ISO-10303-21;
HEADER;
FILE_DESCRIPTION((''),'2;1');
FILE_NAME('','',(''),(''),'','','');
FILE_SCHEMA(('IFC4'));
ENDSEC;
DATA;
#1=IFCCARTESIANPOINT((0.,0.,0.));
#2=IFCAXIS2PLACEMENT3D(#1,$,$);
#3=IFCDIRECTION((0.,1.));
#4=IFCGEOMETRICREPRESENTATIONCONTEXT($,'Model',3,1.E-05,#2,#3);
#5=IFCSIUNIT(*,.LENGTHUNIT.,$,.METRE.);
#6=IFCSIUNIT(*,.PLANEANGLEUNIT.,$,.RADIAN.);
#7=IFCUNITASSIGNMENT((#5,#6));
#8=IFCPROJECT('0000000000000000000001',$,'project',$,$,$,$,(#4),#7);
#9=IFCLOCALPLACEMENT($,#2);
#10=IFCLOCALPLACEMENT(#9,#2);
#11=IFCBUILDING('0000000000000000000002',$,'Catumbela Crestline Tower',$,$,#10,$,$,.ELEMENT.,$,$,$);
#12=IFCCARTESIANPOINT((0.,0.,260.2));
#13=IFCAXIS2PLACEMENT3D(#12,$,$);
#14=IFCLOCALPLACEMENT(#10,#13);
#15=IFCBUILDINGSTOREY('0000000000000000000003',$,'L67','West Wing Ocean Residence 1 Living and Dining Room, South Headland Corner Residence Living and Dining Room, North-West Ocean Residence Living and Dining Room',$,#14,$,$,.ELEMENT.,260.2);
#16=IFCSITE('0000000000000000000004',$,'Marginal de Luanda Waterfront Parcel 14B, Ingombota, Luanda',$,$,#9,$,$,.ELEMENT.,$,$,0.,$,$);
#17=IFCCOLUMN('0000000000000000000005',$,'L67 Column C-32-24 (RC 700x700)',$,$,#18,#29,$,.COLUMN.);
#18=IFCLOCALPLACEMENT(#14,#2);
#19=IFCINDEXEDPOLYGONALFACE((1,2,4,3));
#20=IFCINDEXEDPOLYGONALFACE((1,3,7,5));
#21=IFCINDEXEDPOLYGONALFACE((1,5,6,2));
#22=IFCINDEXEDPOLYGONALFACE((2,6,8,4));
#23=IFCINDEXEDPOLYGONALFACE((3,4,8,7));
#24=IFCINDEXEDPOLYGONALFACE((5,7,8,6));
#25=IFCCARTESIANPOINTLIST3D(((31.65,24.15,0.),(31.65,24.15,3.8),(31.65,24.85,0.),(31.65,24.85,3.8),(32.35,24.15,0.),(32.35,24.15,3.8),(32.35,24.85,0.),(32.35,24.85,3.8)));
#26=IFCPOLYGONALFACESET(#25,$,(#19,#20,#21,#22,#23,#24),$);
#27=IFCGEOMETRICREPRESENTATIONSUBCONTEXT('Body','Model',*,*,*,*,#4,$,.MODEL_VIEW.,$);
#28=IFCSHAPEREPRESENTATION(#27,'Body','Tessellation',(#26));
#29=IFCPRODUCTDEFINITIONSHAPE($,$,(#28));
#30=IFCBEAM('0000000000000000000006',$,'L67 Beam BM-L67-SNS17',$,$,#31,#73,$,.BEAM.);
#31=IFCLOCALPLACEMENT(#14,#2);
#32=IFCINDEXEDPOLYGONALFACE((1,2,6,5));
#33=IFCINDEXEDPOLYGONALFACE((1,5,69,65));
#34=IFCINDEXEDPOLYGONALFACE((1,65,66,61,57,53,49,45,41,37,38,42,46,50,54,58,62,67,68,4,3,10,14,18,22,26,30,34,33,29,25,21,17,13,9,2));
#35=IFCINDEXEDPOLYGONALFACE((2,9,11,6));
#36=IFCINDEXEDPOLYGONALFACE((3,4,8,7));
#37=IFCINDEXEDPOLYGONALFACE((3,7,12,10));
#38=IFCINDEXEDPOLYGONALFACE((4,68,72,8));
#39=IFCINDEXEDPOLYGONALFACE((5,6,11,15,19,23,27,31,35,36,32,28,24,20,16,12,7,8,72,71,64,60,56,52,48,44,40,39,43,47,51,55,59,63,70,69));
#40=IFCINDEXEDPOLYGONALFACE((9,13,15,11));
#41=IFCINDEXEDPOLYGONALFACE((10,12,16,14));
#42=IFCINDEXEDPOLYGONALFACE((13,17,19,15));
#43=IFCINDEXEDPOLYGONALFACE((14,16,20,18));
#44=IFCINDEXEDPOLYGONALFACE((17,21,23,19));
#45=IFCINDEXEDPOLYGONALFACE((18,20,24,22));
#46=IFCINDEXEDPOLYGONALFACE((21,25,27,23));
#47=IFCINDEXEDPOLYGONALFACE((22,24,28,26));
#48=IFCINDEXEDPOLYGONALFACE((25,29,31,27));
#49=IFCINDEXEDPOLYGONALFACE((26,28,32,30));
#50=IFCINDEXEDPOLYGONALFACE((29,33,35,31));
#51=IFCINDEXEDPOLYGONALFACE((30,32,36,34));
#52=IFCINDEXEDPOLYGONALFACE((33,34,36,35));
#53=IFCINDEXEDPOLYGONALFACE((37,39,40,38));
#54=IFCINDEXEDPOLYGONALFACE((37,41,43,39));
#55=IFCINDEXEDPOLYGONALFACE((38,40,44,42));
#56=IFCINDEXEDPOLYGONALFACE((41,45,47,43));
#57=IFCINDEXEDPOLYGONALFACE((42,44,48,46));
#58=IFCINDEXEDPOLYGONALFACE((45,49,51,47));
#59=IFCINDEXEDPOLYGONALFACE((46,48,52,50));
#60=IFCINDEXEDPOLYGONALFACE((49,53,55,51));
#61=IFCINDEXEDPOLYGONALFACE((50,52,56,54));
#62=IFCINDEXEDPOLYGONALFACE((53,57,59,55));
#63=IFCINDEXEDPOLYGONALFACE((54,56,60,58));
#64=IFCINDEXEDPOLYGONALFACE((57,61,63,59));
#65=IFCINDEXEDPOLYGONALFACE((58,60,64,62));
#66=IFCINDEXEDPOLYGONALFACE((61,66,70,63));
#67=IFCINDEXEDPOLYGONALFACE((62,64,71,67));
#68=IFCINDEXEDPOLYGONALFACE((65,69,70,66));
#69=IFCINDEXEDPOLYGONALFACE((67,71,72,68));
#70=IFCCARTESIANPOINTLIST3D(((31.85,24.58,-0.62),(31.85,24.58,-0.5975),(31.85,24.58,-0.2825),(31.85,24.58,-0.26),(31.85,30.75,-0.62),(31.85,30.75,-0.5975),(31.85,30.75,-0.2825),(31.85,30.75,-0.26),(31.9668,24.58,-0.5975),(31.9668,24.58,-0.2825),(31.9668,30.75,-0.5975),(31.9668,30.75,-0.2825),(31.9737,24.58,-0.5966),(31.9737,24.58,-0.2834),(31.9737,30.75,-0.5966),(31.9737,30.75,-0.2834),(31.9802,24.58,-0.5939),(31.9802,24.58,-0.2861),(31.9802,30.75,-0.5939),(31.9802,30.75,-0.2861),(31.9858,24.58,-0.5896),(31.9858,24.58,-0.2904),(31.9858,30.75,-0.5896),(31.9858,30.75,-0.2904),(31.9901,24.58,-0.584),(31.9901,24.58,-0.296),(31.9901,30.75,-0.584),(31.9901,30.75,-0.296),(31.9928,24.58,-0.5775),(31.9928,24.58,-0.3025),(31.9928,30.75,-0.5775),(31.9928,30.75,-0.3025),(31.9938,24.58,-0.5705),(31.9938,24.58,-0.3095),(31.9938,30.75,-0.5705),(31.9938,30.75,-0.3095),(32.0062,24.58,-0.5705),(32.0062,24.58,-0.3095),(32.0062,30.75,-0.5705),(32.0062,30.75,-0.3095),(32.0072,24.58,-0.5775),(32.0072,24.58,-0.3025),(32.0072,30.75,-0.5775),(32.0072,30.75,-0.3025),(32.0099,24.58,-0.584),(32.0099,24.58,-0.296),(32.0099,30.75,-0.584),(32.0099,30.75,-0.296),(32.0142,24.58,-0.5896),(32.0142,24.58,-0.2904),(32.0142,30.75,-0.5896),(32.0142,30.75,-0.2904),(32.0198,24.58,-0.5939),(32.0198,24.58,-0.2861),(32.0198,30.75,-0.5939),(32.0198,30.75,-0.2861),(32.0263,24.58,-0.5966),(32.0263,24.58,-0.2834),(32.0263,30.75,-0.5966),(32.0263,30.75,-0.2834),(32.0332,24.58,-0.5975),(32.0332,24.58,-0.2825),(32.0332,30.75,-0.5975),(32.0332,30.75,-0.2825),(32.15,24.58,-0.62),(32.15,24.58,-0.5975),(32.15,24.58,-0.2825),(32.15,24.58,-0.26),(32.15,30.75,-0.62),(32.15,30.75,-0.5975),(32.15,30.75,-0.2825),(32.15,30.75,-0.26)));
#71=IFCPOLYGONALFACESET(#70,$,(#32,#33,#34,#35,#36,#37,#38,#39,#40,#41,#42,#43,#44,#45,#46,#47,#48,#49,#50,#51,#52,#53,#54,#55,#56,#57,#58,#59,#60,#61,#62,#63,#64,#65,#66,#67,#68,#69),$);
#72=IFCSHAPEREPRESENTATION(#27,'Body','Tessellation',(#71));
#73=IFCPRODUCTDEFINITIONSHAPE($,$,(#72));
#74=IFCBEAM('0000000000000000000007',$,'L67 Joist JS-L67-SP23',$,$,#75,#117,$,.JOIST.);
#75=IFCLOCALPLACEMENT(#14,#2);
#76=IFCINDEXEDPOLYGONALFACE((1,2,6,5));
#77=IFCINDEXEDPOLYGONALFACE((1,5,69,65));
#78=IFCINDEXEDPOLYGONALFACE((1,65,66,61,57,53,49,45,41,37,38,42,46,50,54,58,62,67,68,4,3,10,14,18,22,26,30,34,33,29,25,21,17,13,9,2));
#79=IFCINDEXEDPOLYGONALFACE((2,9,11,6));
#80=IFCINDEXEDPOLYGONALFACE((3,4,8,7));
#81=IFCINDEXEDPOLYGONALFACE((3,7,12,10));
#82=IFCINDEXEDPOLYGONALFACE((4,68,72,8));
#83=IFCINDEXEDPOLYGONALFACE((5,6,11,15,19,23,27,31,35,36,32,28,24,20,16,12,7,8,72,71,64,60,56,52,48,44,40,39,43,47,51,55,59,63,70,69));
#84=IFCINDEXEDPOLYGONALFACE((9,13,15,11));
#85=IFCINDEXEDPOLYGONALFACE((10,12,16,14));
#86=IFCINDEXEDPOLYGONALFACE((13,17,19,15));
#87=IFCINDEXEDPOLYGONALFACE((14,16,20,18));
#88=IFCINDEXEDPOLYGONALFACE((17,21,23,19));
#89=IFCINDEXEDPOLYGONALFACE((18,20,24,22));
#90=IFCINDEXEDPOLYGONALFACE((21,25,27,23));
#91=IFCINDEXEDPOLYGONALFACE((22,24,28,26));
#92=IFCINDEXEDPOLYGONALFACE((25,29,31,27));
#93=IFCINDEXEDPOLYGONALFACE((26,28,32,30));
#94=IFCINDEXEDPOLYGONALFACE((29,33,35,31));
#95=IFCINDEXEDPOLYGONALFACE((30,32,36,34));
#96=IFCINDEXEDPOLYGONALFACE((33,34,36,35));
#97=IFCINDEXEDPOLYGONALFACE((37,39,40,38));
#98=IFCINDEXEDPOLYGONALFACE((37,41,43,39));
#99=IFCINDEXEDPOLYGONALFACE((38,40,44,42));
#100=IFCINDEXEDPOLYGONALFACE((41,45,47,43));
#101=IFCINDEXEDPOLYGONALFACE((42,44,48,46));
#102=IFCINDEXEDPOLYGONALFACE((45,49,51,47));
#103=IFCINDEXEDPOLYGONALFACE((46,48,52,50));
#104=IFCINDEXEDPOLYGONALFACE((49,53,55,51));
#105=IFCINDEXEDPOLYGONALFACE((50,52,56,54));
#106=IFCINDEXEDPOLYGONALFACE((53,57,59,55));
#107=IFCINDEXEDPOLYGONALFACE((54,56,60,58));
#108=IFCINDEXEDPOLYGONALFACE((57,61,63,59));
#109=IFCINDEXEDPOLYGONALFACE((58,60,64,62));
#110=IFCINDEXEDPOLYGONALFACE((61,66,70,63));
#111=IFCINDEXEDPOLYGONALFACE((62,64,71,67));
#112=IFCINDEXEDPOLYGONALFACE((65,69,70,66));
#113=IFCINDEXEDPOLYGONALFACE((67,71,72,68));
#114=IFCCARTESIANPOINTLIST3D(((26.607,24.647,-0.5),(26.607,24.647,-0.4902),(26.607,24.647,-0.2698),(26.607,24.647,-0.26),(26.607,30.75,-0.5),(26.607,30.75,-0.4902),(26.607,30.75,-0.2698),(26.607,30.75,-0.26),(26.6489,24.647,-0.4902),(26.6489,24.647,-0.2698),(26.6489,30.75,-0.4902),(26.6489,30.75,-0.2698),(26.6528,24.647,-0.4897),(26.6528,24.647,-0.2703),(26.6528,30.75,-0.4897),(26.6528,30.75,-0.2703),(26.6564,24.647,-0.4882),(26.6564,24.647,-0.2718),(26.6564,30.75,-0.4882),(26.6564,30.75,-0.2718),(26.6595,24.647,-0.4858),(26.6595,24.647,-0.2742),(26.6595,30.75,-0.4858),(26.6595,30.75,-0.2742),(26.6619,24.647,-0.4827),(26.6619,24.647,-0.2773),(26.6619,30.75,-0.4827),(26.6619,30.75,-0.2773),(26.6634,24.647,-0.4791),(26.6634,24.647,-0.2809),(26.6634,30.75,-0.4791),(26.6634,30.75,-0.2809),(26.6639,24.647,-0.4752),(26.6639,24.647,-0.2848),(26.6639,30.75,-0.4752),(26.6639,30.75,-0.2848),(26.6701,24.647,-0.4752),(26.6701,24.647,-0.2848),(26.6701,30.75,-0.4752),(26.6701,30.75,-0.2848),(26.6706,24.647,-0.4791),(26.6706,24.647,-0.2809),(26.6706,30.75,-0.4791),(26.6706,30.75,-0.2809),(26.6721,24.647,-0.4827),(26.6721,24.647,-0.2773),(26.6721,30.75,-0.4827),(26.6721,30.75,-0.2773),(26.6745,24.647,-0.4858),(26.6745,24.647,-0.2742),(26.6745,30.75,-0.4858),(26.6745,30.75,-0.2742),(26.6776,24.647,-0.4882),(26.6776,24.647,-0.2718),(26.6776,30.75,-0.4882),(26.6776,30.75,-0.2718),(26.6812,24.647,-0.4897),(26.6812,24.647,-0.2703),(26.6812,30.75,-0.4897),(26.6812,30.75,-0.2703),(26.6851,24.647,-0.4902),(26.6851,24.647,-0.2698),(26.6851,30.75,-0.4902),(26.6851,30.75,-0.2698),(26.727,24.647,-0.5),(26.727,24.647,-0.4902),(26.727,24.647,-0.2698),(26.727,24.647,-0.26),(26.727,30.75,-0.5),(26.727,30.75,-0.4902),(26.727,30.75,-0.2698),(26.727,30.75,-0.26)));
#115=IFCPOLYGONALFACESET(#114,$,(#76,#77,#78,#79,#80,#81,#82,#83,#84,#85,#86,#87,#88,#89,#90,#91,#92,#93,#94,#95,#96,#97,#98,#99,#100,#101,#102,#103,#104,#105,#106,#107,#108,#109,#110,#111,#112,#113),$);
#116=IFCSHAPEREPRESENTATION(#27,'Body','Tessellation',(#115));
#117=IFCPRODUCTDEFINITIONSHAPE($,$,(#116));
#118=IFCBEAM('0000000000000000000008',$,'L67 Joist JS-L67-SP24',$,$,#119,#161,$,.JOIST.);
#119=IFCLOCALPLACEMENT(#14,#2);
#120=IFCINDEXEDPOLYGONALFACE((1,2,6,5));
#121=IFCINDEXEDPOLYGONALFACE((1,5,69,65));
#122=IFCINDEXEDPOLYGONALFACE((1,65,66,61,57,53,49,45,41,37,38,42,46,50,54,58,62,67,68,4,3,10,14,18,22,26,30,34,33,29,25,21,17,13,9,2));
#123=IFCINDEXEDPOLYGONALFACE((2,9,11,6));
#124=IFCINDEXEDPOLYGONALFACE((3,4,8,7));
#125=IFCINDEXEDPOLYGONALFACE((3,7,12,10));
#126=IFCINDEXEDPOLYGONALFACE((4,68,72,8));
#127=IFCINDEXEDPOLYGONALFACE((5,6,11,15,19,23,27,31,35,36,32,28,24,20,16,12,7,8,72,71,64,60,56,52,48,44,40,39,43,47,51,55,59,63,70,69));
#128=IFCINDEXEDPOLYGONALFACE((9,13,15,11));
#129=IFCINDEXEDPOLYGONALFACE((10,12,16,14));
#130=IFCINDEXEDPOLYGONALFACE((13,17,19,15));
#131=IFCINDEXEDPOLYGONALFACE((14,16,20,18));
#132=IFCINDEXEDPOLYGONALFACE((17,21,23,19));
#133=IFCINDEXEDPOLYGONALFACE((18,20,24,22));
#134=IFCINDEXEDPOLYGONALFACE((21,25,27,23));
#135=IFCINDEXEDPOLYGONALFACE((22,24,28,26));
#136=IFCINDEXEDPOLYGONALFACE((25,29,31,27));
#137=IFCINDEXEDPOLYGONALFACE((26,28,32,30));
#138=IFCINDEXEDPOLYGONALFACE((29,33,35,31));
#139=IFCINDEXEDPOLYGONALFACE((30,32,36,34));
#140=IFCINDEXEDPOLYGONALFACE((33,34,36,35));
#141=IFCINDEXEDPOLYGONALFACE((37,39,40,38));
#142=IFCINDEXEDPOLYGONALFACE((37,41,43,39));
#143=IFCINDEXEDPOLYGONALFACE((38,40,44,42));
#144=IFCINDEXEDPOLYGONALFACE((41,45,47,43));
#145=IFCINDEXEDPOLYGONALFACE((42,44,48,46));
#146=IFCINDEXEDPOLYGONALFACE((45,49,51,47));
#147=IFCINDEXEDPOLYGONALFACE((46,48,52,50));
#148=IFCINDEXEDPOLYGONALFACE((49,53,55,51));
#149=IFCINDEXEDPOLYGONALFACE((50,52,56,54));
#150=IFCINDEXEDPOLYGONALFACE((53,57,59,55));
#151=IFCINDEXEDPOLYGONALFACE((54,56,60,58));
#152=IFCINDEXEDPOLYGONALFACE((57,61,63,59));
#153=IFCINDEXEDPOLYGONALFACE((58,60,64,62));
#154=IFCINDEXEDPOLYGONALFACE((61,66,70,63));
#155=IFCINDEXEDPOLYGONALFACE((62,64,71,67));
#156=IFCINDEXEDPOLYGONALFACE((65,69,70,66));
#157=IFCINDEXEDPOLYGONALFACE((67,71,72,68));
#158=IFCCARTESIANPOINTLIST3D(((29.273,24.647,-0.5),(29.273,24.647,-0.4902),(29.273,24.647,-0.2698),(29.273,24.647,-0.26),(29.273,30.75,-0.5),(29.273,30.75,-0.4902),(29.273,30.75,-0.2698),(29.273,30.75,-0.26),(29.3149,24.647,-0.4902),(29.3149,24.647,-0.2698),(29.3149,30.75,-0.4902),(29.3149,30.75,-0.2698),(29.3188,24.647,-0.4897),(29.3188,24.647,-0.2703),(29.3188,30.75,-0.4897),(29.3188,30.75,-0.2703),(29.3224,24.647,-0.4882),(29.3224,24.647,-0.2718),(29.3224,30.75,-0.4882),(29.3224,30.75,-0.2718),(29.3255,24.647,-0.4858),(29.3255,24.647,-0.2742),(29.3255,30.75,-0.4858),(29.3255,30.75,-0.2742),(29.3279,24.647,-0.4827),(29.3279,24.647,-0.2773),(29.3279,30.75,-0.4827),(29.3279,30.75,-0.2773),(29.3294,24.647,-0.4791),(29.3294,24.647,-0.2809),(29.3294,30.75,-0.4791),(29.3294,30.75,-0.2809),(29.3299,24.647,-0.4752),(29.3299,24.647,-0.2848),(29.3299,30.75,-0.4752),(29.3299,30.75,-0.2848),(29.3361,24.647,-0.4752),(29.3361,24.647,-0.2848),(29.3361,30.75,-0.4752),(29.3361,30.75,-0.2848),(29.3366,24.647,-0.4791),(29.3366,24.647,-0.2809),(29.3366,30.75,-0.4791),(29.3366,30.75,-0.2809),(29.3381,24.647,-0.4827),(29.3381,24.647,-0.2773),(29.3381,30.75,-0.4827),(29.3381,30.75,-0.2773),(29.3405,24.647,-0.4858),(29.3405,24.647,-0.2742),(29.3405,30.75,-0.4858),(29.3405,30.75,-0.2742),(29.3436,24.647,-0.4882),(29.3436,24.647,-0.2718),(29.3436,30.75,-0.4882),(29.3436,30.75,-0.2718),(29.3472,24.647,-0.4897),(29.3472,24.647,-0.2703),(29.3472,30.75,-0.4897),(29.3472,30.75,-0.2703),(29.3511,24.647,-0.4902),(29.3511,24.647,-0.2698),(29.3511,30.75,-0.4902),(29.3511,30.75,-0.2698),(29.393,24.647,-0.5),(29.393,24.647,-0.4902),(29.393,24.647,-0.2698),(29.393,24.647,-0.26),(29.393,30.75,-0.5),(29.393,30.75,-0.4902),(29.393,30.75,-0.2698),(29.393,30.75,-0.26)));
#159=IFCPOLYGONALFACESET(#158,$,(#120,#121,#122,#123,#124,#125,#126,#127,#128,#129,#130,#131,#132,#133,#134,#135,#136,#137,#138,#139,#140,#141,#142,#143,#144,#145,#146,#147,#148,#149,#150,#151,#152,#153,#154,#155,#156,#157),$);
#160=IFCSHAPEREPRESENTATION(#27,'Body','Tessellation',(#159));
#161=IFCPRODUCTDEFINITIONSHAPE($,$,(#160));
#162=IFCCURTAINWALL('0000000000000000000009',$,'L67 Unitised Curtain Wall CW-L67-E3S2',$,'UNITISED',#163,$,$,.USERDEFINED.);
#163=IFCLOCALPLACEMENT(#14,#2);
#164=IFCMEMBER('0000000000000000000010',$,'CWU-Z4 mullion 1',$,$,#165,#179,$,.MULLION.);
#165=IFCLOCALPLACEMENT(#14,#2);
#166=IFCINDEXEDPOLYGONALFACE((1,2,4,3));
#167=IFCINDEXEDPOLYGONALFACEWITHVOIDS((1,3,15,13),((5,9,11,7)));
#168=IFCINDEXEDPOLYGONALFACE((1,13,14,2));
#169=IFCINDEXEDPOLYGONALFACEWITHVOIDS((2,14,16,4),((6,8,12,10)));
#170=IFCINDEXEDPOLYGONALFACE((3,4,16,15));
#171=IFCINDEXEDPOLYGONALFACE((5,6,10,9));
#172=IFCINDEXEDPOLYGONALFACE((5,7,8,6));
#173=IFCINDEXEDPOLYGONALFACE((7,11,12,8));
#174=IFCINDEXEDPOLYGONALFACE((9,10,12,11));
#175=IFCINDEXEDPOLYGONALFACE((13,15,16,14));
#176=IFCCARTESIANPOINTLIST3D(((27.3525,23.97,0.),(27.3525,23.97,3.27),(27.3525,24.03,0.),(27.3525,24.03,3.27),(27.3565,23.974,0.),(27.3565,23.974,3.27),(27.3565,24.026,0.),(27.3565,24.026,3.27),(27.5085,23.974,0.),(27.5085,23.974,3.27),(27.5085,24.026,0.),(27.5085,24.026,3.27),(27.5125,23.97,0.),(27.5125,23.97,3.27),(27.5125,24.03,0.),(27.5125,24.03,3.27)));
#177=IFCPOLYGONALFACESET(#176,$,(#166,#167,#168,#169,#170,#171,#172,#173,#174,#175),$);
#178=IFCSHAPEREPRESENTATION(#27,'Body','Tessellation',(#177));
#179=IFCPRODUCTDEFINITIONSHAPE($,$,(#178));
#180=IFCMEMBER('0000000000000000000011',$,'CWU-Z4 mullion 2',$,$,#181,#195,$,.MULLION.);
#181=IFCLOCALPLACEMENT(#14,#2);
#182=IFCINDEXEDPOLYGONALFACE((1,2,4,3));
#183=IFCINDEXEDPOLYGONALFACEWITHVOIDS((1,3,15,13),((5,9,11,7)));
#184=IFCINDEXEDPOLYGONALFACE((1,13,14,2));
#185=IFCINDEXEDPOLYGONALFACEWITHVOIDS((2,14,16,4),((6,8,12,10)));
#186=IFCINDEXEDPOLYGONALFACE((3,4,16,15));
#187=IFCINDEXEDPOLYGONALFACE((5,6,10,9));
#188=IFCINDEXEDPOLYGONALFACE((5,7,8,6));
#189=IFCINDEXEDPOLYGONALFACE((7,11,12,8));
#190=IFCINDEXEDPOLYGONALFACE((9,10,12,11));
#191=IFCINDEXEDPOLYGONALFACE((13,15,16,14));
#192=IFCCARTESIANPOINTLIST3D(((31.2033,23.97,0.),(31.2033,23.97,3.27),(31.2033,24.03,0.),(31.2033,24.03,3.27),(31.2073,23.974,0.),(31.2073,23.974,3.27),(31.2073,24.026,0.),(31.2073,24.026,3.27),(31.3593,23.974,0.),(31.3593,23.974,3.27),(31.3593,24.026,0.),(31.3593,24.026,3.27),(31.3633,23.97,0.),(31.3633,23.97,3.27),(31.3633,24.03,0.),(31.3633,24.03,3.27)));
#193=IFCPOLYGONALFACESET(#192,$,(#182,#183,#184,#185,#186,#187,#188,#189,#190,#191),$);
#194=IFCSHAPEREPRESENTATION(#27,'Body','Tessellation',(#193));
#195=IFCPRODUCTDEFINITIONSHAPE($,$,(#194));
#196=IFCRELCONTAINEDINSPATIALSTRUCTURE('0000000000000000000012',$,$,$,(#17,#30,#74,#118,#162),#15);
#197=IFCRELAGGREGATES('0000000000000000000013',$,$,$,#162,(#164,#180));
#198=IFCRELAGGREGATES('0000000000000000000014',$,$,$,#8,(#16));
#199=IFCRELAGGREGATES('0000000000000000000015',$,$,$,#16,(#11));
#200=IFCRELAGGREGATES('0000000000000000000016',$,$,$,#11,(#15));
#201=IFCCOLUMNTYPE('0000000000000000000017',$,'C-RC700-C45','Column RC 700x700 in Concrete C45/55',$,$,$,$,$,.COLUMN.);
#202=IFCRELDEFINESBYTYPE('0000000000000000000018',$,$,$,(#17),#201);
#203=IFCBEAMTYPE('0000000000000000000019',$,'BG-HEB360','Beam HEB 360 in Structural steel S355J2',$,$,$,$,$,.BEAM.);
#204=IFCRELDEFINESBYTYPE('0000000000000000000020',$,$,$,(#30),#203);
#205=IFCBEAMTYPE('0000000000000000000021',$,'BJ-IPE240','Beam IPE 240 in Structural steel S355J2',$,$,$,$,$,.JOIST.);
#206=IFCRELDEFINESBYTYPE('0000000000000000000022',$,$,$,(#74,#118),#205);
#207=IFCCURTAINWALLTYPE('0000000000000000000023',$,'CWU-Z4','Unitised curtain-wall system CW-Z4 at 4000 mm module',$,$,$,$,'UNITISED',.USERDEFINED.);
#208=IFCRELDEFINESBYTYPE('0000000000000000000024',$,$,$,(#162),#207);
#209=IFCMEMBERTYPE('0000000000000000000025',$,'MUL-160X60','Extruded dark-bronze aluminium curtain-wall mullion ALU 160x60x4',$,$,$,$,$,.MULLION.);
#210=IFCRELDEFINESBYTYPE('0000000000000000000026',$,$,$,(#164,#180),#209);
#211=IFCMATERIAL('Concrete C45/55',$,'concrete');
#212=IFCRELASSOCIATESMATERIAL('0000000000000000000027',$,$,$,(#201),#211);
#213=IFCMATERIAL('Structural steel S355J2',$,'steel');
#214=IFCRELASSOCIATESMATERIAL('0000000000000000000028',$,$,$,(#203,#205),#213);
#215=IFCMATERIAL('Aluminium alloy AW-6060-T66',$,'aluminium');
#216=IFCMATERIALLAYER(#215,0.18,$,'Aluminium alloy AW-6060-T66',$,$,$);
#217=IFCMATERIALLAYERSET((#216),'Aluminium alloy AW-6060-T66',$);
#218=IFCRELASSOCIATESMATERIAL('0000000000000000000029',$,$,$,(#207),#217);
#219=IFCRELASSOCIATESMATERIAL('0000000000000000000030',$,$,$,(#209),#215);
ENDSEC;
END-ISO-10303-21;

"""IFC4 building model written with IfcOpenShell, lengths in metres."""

from ifc_helpers import new_model, si_unit, direction, frame, origin, origin_2d, place, context, subcontext, project, spatial, rectangle, hollow_rectangle, i_section, extrude, material, layer, layer_set, material_profile, profile_set, type_object, element, aggregate, save


model = new_model("IFC4")

# Units and contexts
model_context = context("Model", 3, precision=1e-05, world=origin(), true_north=direction((0.0, 1.0)))
body_context = subcontext(model_context, "Body", "Model", "MODEL_VIEW")
ifc_project = project(units=[si_unit("LENGTHUNIT", "METRE"), si_unit("PLANEANGLEUNIT", "RADIAN")], contexts=[model_context])

# Site, building, storey
site_placement = place(None, origin())
site = spatial("IfcSite", under=ifc_project, at=site_placement, Name="Marginal de Luanda Waterfront Parcel 14B, Ingombota, Luanda", CompositionType="ELEMENT", RefElevation=0.0)
building_placement = place(site_placement, origin())
building = spatial("IfcBuilding", under=site, at=building_placement, Name="Catumbela Crestline Tower", CompositionType="ELEMENT")
storey_placement = place(building_placement, frame((0.0, 0.0, 260.2)))
storey = spatial("IfcBuildingStorey", under=building, at=storey_placement, Name="L67", Description="West Wing Ocean Residence 1 Living and Dining Room, South Headland Corner Residence Living and Dining Room, North-West Ocean Residence Living and Dining Room", CompositionType="ELEMENT", Elevation=260.2)

# Column
ifc_material_1 = material(Name="Concrete C45/55", Category="concrete")
ifc_material_profile_1 = material_profile(ifc_material_1, rectangle(XDim=0.7, YDim=0.7, at=origin_2d()), Name="RC 700x700")
ifc_profile_set_1 = profile_set([ifc_material_profile_1], Name="Concrete C45/55")
column_type = type_object("IfcColumnType", Name="C-RC700-C45", Description="Column RC 700x700 in Concrete C45/55", PredefinedType="COLUMN", material=ifc_profile_set_1)
column_placement = place(storey_placement, frame((32.0, 24.5, 0.0), z_axis=(0.0, 0.0, 1.0), x_axis=(1.0, 0.0, 0.0)))
element("IfcColumn", 1, at=column_placement, inside=storey, type_object=column_type, Name="L67 Column C-32-24 (RC 700x700)", PredefinedType="COLUMN", context=body_context, shape_type="SweptSolid", body=[
    extrude(rectangle(XDim=0.7, YDim=0.7, at=origin_2d()), origin(), (0.0, 0.0, 1.0), 3.8),
])

# Beams
ifc_material_2 = material(Name="Structural steel S355J2", Category="steel")
ifc_material_profile_2 = material_profile(ifc_material_2, i_section(OverallWidth=0.3, OverallDepth=0.36, WebThickness=0.0125, FlangeThickness=0.0225, FilletRadius=0.027, at=origin_2d()), Name="HEB 360")
ifc_profile_set_2 = profile_set([ifc_material_profile_2], Name="Structural steel S355J2")
beam_type_1 = type_object("IfcBeamType", Name="BG-HEB360", Description="Beam HEB 360 in Structural steel S355J2", PredefinedType="BEAM", material=ifc_profile_set_2)
beam_1_placement = place(storey_placement, frame((32.0, 24.58, -0.44), z_axis=(0.0, 1.0, 0.0), x_axis=(-1.0, 0.0, 0.0)))
element("IfcBeam", 2, at=beam_1_placement, inside=storey, type_object=beam_type_1, Name="L67 Beam BM-L67-SNS17", PredefinedType="BEAM", context=body_context, shape_type="SweptSolid", body=[
    extrude(i_section(OverallWidth=0.3, OverallDepth=0.36, WebThickness=0.0125, FlangeThickness=0.0225, FilletRadius=0.027, at=origin_2d()), origin(), (0.0, 0.0, 1.0), 6.17),
])
ifc_material_profile_3 = material_profile(ifc_material_2, i_section(OverallWidth=0.12, OverallDepth=0.24, WebThickness=0.0062, FlangeThickness=0.0098, FilletRadius=0.015, at=origin_2d()), Name="IPE 240")
ifc_profile_set_3 = profile_set([ifc_material_profile_3], Name="Structural steel S355J2")
beam_type_2 = type_object("IfcBeamType", Name="BJ-IPE240", Description="Beam IPE 240 in Structural steel S355J2", PredefinedType="JOIST", material=ifc_profile_set_3)
for number, where, z_axis, x_axis, name in (
    (3, (26.667, 24.647, -0.38), (0.0, 1.0, 0.0), (-1.0, 0.0, 0.0), "L67 Joist JS-L67-SP23"),
    (4, (29.333, 24.647, -0.38), (0.0, 1.0, 0.0), (-1.0, 0.0, 0.0), "L67 Joist JS-L67-SP24"),
):
    element("IfcBeam", number, at=place(storey_placement, frame(where, z_axis=z_axis, x_axis=x_axis)), inside=storey, type_object=beam_type_2, Name=name, PredefinedType="JOIST", context=body_context, shape_type="SweptSolid", body=[
        extrude(i_section(OverallWidth=0.12, OverallDepth=0.24, WebThickness=0.0062, FlangeThickness=0.0098, FilletRadius=0.015, at=origin_2d()), origin(), (0.0, 0.0, 1.0), 6.103),
    ])

# Curtain wall, members
ifc_material_3 = material(Name="Aluminium alloy AW-6060-T66", Category="aluminium")
ifc_layer_1 = layer(ifc_material_3, 0.18, Name="Aluminium alloy AW-6060-T66")
ifc_layer_set_1 = layer_set([ifc_layer_1], Name="Aluminium alloy AW-6060-T66")
curtain_wall_type = type_object("IfcCurtainWallType", Name="CWU-Z4", Description="Unitised curtain-wall system CW-Z4 at 4000 mm module", ElementType="UNITISED", PredefinedType="USERDEFINED", material=ifc_layer_set_1)
curtain_wall_placement = place(storey_placement, origin())
curtain_wall = element("IfcCurtainWall", 5, at=curtain_wall_placement, inside=storey, type_object=curtain_wall_type, Name="L67 Unitised Curtain Wall CW-L67-E3S2", ObjectType="UNITISED", PredefinedType="USERDEFINED")
ifc_material_profile_4 = material_profile(ifc_material_3, hollow_rectangle(XDim=0.06, YDim=0.16, WallThickness=0.004, at=origin_2d()), Name="ALU 160x60x4")
ifc_profile_set_4 = profile_set([ifc_material_profile_4], Name="Aluminium alloy AW-6060-T66")
member_type_1 = type_object("IfcMemberType", Name="MUL-160X60", Description="Extruded dark-bronze aluminium curtain-wall mullion ALU 160x60x4", PredefinedType="MULLION", material=ifc_profile_set_4)
member_1_placement = place(storey_placement, frame((27.4325, 24.0, 0.0), z_axis=(0.0, 0.0, 1.0), x_axis=(0.0, 1.0, 0.0)))
member_1 = element("IfcMember", 6, at=member_1_placement, type_object=member_type_1, Name="CWU-Z4 mullion 1", PredefinedType="MULLION", context=body_context, shape_type="SweptSolid", body=[
    extrude(hollow_rectangle(XDim=0.06, YDim=0.16, WallThickness=0.004, at=origin_2d()), origin(), (0.0, 0.0, 1.0), 3.27),
])
member_2_placement = place(storey_placement, frame((31.2833, 24.0, 0.0), z_axis=(0.0, 0.0, 1.0), x_axis=(0.0, 1.0, 0.0)))
member_2 = element("IfcMember", 7, at=member_2_placement, type_object=member_type_1, Name="CWU-Z4 mullion 2", PredefinedType="MULLION", context=body_context, shape_type="SweptSolid", body=[
    extrude(hollow_rectangle(XDim=0.06, YDim=0.16, WallThickness=0.004, at=origin_2d()), origin(), (0.0, 0.0, 1.0), 3.27),
])

aggregate(curtain_wall, [member_1, member_2])

save(model, "model.ifc")
